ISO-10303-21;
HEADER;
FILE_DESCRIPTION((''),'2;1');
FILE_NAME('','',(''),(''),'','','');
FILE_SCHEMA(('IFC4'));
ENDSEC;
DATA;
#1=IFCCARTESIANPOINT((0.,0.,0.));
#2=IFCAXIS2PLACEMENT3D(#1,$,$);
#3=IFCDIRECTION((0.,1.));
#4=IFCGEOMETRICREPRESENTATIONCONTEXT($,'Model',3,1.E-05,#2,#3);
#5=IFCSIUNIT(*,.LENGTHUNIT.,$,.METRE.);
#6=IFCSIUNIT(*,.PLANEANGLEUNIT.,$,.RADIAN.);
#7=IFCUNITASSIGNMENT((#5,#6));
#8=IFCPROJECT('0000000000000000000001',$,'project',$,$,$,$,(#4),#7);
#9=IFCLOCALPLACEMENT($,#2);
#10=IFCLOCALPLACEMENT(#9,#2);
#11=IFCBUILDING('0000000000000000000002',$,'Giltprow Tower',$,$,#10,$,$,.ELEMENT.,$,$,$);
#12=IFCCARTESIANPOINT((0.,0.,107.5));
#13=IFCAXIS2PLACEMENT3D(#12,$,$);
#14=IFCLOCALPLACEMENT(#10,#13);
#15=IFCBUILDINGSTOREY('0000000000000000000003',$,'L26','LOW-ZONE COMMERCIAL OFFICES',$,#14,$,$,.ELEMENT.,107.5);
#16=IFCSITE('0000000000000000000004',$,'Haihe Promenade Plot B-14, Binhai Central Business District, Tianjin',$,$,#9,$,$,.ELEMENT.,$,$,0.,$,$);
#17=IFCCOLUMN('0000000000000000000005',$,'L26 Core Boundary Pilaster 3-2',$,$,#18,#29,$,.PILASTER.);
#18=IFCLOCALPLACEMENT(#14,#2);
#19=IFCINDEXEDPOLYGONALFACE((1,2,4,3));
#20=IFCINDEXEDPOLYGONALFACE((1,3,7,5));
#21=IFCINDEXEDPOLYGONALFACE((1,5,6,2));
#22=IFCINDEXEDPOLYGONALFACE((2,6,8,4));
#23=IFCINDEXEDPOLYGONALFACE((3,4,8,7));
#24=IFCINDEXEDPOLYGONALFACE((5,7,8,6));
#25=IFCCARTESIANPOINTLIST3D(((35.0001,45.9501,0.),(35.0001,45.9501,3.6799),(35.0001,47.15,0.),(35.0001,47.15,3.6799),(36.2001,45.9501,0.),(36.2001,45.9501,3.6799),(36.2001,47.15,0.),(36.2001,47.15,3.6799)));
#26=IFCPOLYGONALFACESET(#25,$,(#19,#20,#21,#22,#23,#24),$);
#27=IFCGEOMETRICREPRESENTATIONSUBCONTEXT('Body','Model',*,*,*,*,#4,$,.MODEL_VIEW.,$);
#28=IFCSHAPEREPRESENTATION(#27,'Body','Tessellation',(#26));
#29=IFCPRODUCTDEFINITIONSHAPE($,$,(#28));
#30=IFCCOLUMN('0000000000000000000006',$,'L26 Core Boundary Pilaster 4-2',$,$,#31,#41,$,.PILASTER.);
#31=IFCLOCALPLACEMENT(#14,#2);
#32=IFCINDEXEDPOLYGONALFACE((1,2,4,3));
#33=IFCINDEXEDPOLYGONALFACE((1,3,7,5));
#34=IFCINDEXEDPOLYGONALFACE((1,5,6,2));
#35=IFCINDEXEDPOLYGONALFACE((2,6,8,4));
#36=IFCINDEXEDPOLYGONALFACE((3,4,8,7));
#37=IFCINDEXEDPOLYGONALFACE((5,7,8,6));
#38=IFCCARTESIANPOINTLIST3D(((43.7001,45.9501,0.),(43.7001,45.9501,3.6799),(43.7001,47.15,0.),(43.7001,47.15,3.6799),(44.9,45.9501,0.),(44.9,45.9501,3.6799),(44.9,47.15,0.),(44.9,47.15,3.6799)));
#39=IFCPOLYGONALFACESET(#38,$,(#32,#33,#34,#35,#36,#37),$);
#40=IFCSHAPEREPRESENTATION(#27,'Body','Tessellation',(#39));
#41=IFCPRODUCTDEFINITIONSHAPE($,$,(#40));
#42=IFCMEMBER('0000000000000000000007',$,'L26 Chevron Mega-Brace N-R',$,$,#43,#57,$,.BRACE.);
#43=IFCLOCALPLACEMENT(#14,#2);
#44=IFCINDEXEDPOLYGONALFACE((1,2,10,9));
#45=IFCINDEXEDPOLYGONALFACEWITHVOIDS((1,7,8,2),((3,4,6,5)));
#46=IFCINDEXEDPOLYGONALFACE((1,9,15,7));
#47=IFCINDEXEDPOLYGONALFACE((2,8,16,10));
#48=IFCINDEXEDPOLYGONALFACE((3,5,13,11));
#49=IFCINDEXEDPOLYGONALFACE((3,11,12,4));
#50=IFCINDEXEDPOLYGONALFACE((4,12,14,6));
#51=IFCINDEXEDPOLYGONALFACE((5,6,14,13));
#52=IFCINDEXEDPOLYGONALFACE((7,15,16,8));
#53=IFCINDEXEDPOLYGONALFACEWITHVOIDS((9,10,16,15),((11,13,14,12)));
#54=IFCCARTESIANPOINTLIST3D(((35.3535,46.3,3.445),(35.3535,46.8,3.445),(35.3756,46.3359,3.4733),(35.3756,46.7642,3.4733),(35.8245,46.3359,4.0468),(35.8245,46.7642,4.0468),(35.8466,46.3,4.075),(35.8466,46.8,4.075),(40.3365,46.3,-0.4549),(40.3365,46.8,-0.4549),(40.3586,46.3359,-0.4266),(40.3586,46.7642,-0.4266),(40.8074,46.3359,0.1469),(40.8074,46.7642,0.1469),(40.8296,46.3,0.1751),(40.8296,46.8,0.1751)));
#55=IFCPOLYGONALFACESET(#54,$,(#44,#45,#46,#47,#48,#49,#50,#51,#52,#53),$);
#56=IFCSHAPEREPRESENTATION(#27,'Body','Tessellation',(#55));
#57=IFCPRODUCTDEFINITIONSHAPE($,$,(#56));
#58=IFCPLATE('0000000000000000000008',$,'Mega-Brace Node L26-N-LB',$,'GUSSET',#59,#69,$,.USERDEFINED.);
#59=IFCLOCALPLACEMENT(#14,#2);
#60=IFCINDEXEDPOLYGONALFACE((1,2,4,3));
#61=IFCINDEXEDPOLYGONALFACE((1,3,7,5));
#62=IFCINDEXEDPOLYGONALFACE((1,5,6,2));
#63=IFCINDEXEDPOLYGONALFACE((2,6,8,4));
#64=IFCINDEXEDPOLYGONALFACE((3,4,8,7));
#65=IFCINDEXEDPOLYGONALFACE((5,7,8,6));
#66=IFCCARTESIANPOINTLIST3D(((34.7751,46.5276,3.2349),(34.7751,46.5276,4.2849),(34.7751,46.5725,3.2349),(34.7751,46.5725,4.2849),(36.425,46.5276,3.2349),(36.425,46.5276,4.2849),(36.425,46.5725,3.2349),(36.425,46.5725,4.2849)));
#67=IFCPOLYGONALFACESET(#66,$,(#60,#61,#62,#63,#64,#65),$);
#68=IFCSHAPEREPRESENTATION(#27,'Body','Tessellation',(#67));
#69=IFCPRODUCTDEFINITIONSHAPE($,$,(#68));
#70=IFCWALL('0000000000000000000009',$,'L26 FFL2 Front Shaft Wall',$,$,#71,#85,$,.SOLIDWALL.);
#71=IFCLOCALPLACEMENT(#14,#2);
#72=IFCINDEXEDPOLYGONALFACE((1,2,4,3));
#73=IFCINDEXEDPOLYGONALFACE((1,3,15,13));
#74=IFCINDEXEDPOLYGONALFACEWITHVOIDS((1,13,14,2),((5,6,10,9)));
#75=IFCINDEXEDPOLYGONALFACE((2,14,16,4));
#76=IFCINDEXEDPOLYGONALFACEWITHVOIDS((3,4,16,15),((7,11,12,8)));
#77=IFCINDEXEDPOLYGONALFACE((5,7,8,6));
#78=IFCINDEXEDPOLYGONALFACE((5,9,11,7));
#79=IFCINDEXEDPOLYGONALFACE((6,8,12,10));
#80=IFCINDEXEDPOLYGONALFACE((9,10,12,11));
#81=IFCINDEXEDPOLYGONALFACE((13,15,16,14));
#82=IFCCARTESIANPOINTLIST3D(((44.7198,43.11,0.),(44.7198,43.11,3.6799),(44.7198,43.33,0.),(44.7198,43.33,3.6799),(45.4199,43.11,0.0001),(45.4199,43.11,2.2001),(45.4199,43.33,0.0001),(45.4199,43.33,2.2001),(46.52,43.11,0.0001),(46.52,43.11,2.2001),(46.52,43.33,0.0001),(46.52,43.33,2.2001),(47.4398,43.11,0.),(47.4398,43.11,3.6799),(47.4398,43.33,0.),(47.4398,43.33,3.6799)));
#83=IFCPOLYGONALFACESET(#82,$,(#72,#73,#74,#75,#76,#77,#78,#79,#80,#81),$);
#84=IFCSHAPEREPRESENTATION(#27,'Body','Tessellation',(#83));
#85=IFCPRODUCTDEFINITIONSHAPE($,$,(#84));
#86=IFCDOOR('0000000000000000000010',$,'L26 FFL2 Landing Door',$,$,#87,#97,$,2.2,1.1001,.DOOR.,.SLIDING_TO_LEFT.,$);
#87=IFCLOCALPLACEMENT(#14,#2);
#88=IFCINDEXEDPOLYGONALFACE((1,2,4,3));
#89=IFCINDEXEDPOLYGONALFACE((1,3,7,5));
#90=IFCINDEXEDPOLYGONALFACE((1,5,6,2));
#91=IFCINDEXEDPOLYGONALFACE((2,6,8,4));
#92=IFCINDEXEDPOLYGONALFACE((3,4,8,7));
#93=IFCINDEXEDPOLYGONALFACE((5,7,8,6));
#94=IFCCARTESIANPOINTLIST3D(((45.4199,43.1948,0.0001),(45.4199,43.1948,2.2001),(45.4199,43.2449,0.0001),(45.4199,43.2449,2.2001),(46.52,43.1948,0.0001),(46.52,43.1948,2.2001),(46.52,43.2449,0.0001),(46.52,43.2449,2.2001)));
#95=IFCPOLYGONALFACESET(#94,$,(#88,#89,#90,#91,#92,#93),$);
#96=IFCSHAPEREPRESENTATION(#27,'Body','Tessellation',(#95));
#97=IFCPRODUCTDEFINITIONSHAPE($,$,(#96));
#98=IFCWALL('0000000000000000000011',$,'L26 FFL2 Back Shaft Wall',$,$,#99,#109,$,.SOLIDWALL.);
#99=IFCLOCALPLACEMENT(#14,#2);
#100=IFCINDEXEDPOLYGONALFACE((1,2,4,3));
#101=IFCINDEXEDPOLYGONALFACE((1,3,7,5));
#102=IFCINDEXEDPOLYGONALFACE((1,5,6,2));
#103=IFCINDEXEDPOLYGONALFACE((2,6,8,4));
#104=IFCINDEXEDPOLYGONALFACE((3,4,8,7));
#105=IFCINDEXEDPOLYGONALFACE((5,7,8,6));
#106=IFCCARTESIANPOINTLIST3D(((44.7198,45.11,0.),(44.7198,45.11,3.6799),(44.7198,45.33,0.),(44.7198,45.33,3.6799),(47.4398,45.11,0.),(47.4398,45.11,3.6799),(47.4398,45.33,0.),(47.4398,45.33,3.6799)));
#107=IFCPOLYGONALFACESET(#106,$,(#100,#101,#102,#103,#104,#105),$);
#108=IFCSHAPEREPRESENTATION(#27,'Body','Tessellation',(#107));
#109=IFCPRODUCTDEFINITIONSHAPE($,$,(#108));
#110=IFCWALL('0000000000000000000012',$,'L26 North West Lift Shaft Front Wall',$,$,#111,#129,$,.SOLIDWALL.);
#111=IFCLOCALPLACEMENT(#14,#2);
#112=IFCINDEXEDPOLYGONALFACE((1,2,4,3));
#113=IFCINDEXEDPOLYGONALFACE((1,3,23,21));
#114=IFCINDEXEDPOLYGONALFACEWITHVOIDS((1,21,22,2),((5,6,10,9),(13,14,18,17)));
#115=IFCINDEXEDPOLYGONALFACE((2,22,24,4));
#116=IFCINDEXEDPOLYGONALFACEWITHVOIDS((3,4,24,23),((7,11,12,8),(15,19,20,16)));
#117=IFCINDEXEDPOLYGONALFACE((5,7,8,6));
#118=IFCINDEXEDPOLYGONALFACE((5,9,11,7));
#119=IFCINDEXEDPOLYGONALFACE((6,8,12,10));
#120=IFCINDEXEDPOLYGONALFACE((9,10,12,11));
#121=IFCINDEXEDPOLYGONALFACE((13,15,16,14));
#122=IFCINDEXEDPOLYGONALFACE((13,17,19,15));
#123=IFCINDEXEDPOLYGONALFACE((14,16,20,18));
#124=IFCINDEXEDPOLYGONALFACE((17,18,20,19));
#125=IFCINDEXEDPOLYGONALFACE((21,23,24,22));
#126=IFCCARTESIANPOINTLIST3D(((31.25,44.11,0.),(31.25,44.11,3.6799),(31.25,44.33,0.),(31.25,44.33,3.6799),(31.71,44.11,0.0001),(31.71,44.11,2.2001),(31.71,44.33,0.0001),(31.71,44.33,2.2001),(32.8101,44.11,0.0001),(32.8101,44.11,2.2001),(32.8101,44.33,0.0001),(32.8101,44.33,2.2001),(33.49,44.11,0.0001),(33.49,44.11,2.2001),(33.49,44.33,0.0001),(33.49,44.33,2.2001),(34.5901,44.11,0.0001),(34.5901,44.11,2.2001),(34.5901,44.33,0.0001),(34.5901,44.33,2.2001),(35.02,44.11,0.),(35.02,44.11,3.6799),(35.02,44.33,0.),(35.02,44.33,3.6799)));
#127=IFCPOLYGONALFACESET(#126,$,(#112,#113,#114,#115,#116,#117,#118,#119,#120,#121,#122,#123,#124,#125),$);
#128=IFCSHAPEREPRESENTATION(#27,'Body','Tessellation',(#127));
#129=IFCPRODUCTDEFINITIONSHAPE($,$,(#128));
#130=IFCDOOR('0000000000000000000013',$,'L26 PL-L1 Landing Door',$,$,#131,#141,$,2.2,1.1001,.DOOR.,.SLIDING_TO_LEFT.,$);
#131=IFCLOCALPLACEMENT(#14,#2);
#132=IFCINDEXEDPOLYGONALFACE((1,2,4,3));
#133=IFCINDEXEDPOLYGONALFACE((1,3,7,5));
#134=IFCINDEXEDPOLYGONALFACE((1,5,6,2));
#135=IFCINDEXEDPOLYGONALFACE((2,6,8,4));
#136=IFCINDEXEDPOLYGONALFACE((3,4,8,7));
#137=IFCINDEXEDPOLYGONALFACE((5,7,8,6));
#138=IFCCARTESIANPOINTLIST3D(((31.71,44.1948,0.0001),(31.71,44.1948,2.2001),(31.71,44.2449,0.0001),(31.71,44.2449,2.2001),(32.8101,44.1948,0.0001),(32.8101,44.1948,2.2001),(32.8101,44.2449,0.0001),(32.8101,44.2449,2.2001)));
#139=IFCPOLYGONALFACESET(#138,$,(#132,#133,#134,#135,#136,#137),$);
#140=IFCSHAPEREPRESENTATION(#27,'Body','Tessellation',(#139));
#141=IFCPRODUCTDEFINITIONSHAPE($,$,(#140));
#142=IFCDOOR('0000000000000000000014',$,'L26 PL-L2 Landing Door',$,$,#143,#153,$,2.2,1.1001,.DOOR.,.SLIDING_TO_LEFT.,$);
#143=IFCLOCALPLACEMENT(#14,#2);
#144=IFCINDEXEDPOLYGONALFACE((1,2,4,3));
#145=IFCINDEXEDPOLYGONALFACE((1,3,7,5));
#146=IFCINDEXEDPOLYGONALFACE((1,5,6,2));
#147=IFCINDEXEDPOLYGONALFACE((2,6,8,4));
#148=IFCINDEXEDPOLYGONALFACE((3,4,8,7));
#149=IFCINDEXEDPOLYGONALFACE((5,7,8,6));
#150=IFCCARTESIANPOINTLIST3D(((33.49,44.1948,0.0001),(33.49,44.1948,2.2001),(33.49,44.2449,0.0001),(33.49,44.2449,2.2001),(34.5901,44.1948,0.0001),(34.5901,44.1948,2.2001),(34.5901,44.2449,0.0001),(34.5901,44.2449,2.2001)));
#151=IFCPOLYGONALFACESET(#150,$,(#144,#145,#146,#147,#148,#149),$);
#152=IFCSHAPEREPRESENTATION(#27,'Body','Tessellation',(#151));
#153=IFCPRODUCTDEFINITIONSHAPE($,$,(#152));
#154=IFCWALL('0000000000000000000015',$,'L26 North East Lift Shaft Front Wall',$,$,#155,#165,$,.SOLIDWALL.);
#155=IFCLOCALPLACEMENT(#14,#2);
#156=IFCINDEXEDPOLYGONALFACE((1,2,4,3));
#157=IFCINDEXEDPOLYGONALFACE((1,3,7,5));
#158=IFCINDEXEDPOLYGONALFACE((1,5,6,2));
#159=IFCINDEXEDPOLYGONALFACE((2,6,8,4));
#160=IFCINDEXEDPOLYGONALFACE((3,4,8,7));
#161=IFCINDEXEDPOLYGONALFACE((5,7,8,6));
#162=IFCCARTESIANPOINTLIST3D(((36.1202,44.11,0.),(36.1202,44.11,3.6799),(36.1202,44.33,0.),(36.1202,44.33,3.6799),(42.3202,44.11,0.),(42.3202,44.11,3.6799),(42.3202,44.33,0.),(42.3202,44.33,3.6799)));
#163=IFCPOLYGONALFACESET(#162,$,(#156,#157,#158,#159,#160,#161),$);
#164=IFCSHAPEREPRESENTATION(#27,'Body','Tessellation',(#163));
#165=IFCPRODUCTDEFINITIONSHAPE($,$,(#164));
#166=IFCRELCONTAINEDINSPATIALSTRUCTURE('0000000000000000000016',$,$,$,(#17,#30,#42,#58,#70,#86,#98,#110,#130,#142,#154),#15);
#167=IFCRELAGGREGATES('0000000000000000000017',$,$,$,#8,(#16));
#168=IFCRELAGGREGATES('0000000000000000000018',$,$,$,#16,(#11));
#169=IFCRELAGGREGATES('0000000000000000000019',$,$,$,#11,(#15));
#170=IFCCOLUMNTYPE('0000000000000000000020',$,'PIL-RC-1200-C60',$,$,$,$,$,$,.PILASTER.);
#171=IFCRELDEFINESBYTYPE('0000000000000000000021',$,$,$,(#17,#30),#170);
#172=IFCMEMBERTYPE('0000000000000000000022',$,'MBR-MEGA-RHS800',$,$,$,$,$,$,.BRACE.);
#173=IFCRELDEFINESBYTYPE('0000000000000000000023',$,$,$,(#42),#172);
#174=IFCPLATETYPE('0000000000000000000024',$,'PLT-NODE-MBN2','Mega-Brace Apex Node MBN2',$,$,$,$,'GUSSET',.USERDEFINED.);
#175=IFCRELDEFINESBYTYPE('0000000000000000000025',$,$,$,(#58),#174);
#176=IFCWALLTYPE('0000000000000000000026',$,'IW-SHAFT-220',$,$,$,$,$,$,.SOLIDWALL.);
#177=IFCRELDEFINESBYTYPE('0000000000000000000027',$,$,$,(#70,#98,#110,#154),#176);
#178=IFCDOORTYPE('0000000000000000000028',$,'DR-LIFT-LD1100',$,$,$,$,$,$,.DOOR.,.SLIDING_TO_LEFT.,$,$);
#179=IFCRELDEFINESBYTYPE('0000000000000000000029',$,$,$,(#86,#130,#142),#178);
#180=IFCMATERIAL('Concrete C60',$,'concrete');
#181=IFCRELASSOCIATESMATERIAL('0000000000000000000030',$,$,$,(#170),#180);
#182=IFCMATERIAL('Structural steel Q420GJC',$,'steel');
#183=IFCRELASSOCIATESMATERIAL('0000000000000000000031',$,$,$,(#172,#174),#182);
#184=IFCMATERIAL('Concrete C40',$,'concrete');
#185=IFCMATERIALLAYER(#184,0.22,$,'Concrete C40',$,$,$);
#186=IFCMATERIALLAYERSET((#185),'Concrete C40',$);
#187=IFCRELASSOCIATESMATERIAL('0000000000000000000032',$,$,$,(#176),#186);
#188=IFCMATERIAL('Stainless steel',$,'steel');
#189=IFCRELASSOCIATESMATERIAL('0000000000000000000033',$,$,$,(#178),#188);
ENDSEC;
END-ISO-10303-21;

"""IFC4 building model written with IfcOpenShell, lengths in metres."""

from ifc_helpers import new_model, si_unit, direction, frame, frame_2d, origin, origin_2d, place, context, subcontext, project, spatial, rectangle, hollow_rectangle, extrude, source, transform, mapped, material, layer, layer_set, material_profile, profile_set, type_object, element, fill, save


model = new_model("IFC4")

# Units and contexts
model_context = context("Model", 3, precision=1e-05, world=origin(), true_north=direction((0.0, 1.0)))
body_context = subcontext(model_context, "Body", "Model", "MODEL_VIEW")
ifc_project = project(units=[si_unit("LENGTHUNIT", "METRE"), si_unit("PLANEANGLEUNIT", "RADIAN")], contexts=[model_context])

# Site, building, storey
site_placement = place(None, origin())
site = spatial("IfcSite", under=ifc_project, at=site_placement, Name="Haihe Promenade Plot B-14, Binhai Central Business District, Tianjin", CompositionType="ELEMENT", RefElevation=0.0)
building_placement = place(site_placement, origin())
building = spatial("IfcBuilding", under=site, at=building_placement, Name="Giltprow Tower", CompositionType="ELEMENT")
storey_placement = place(building_placement, frame((0.0, 0.0, 107.5)))
storey = spatial("IfcBuildingStorey", under=building, at=storey_placement, Name="L26", Description="LOW-ZONE COMMERCIAL OFFICES", CompositionType="ELEMENT", Elevation=107.5)

# Columns
ifc_material_1 = material(Name="Concrete C60", Category="concrete")
ifc_material_profile_1 = material_profile(ifc_material_1, rectangle(XDim=1.2, YDim=1.2, at=origin_2d()), Name="RC 1200x1200")
ifc_profile_set_1 = profile_set([ifc_material_profile_1], Name="Concrete C60")
column_type = type_object("IfcColumnType", Name="PIL-RC-1200-C60", PredefinedType="PILASTER", material=ifc_profile_set_1)
shared_shape_1 = source(origin(), body_context, "Body", "SweptSolid", [
    extrude(rectangle(XDim=1.2, YDim=1.2, at=origin_2d()), origin(), (0.0, 0.0, 1.0), 3.6799),
])
for number, where, z_axis, x_axis, name in (
    (1, (35.6001, 46.55, 0.0), (0.0, 0.0, 1.0), (1.0, 0.0, 0.0), "L26 Core Boundary Pilaster 3-2"),
    (2, (44.3, 46.55, 0.0), (0.0, 0.0, 1.0), (1.0, 0.0, 0.0), "L26 Core Boundary Pilaster 4-2"),
):
    element("IfcColumn", number, at=place(storey_placement, frame(where, z_axis=z_axis, x_axis=x_axis)), inside=storey, type_object=column_type, Name=name, PredefinedType="PILASTER", context=body_context, shape_type="MappedRepresentation", body=[
        mapped(shared_shape_1, transform((0.0, 0.0, 0.0), x_axis=(1.0, 0.0, 0.0), y_axis=(0.0, 1.0, 0.0), z_axis=(0.0, 0.0, 1.0), scale=1.0)),
    ])

# Member
ifc_material_2 = material(Name="Structural steel Q420GJC", Category="steel")
ifc_material_profile_2 = material_profile(ifc_material_2, hollow_rectangle(XDim=0.5, YDim=0.8, WallThickness=0.0359, at=origin_2d()), Name="RHS 800x500x36")
ifc_profile_set_2 = profile_set([ifc_material_profile_2], Name="Structural steel Q420GJC")
member_type = type_object("IfcMemberType", Name="MBR-MEGA-RHS800", PredefinedType="BRACE", material=ifc_profile_set_2)
shared_shape_2 = source(origin(), body_context, "Body", "SweptSolid", [
    extrude(hollow_rectangle(XDim=0.5, YDim=0.8, WallThickness=0.0359, at=origin_2d()), origin(), (0.0, 0.0, 1.0), 6.3276),
])
member_placement = place(storey_placement, frame((40.583, 46.55, -0.1399), z_axis=(-0.787487, 0.0, 0.616331), x_axis=(0.0, -1.0, 0.0)))
element("IfcMember", 3, at=member_placement, inside=storey, type_object=member_type, Name="L26 Chevron Mega-Brace N-R", PredefinedType="BRACE", context=body_context, shape_type="MappedRepresentation", body=[
    mapped(shared_shape_2, transform((0.0, 0.0, 0.0), x_axis=(1.0, 0.0, 0.0), y_axis=(0.0, 1.0, 0.0), z_axis=(0.0, 0.0, 1.0), scale=1.0)),
])

# Plate
plate_type = type_object("IfcPlateType", Name="PLT-NODE-MBN2", Description="Mega-Brace Apex Node MBN2", ElementType="GUSSET", PredefinedType="USERDEFINED", material=ifc_material_2)
shared_shape_3 = source(origin(), body_context, "Body", "SweptSolid", [
    extrude(rectangle(XDim=1.6499, YDim=0.0449, at=origin_2d()), origin(), (0.0, 0.0, 1.0), 1.05),
])
plate_placement = place(storey_placement, frame((35.6001, 46.55, 3.2349), z_axis=(0.0, 0.0, 1.0), x_axis=(1.0, 0.0, 0.0)))
element("IfcPlate", 4, at=plate_placement, inside=storey, type_object=plate_type, Name="Mega-Brace Node L26-N-LB", ObjectType="GUSSET", PredefinedType="USERDEFINED", context=body_context, shape_type="MappedRepresentation", body=[
    mapped(shared_shape_3, transform((0.0, 0.0, 0.0), x_axis=(1.0, 0.0, 0.0), y_axis=(0.0, 1.0, 0.0), z_axis=(0.0, 0.0, 1.0), scale=1.0)),
])

# Wall, opening, door
ifc_material_3 = material(Name="Concrete C40", Category="concrete")
ifc_layer_1 = layer(ifc_material_3, 0.22, Name="Concrete C40")
ifc_layer_set_1 = layer_set([ifc_layer_1], Name="Concrete C40")
wall_type_1 = type_object("IfcWallType", Name="IW-SHAFT-220", PredefinedType="SOLIDWALL", material=ifc_layer_set_1)
wall_1_placement = place(storey_placement, frame((44.72, 43.22, 0.0), z_axis=(0.0, 0.0, 1.0), x_axis=(1.0, 0.0, 0.0)))
wall_1 = element("IfcWall", 5, at=wall_1_placement, inside=storey, type_object=wall_type_1, Name="L26 FFL2 Front Shaft Wall", PredefinedType="SOLIDWALL", context=body_context, shape_type="SweptSolid", body=[
    extrude(rectangle(XDim=2.72, YDim=0.22, at=frame_2d((1.3599, 0.0))), origin(), (0.0, 0.0, 1.0), 3.6799),
])
opening_1_placement = place(wall_1_placement, frame((0.7, 0.0, 0.0)))
opening_1 = element("IfcOpeningElement", 6, at=opening_1_placement, cuts=wall_1, PredefinedType="OPENING", context=body_context, shape_type="SweptSolid", body=[
    extrude(rectangle(XDim=1.1001, YDim=2.2, at=frame_2d((0.55, 1.1001))), frame((0.0, 0.1199, 0.0), z_axis=(0.0, -1.0, 0.0), x_axis=(1.0, 0.0, 0.0)), (0.0, 0.0, 1.0), 0.24),
])
ifc_material_4 = material(Name="Stainless steel", Category="steel")
door_type = type_object("IfcDoorType", Name="DR-LIFT-LD1100", OperationType="SLIDING_TO_LEFT", PredefinedType="DOOR", material=ifc_material_4)
shared_shape_4 = source(origin(), body_context, "Body", "SweptSolid", [
    extrude(rectangle(XDim=1.1001, YDim=2.2, at=frame_2d((0.55, 1.1001))), frame((0.0, 0.0249, 0.0), z_axis=(0.0, -1.0, 0.0), x_axis=(1.0, 0.0, 0.0)), (0.0, 0.0, 1.0), 0.05),
])
door_1_placement = place(opening_1_placement, origin())
door_1 = element("IfcDoor", 7, at=door_1_placement, inside=storey, type_object=door_type, Name="L26 FFL2 Landing Door", OperationType="SLIDING_TO_LEFT", OverallHeight=2.2, OverallWidth=1.1001, PredefinedType="DOOR", context=body_context, shape_type="MappedRepresentation", body=[
    mapped(shared_shape_4, transform((0.0, 0.0, 0.0), x_axis=(1.0, 0.0, 0.0), y_axis=(0.0, 1.0, 0.0), z_axis=(0.0, 0.0, 1.0), scale=1.0)),
])
fill(opening_1, door_1)

# Wall
wall_2_placement = place(storey_placement, frame((44.72, 45.22, 0.0), z_axis=(0.0, 0.0, 1.0), x_axis=(1.0, 0.0, 0.0)))
element("IfcWall", 8, at=wall_2_placement, inside=storey, type_object=wall_type_1, Name="L26 FFL2 Back Shaft Wall", PredefinedType="SOLIDWALL", context=body_context, shape_type="SweptSolid", body=[
    extrude(rectangle(XDim=2.72, YDim=0.22, at=frame_2d((1.3599, 0.0))), origin(), (0.0, 0.0, 1.0), 3.6799),
])

# Wall, openings, doors
wall_3_placement = place(storey_placement, frame((31.25, 44.22, 0.0), z_axis=(0.0, 0.0, 1.0), x_axis=(1.0, 0.0, 0.0)))
wall_3 = element("IfcWall", 9, at=wall_3_placement, inside=storey, type_object=wall_type_1, Name="L26 North West Lift Shaft Front Wall", PredefinedType="SOLIDWALL", context=body_context, shape_type="SweptSolid", body=[
    extrude(rectangle(XDim=3.77, YDim=0.22, at=frame_2d((1.885, 0.0))), origin(), (0.0, 0.0, 1.0), 3.6799),
])
opening_2_placement = place(wall_3_placement, frame((0.46, 0.0, 0.0)))
opening_2 = element("IfcOpeningElement", 10, at=opening_2_placement, cuts=wall_3, PredefinedType="OPENING", context=body_context, shape_type="SweptSolid", body=[
    extrude(rectangle(XDim=1.1001, YDim=2.2, at=frame_2d((0.55, 1.1001))), frame((0.0, 0.1199, 0.0), z_axis=(0.0, -1.0, 0.0), x_axis=(1.0, 0.0, 0.0)), (0.0, 0.0, 1.0), 0.24),
])
opening_3_placement = place(wall_3_placement, frame((2.24, 0.0, 0.0)))
opening_3 = element("IfcOpeningElement", 11, at=opening_3_placement, cuts=wall_3, PredefinedType="OPENING", context=body_context, shape_type="SweptSolid", body=[
    extrude(rectangle(XDim=1.1001, YDim=2.2, at=frame_2d((0.55, 1.1001))), frame((0.0, 0.1199, 0.0), z_axis=(0.0, -1.0, 0.0), x_axis=(1.0, 0.0, 0.0)), (0.0, 0.0, 1.0), 0.24),
])
door_2_placement = place(opening_2_placement, origin())
door_2 = element("IfcDoor", 12, at=door_2_placement, inside=storey, type_object=door_type, Name="L26 PL-L1 Landing Door", OperationType="SLIDING_TO_LEFT", OverallHeight=2.2, OverallWidth=1.1001, PredefinedType="DOOR", context=body_context, shape_type="MappedRepresentation", body=[
    mapped(shared_shape_4, transform((0.0, 0.0, 0.0), x_axis=(1.0, 0.0, 0.0), y_axis=(0.0, 1.0, 0.0), z_axis=(0.0, 0.0, 1.0), scale=1.0)),
])
fill(opening_2, door_2)
door_3_placement = place(opening_3_placement, origin())
door_3 = element("IfcDoor", 13, at=door_3_placement, inside=storey, type_object=door_type, Name="L26 PL-L2 Landing Door", OperationType="SLIDING_TO_LEFT", OverallHeight=2.2, OverallWidth=1.1001, PredefinedType="DOOR", context=body_context, shape_type="MappedRepresentation", body=[
    mapped(shared_shape_4, transform((0.0, 0.0, 0.0), x_axis=(1.0, 0.0, 0.0), y_axis=(0.0, 1.0, 0.0), z_axis=(0.0, 0.0, 1.0), scale=1.0)),
])
fill(opening_3, door_3)

# Wall
wall_4_placement = place(storey_placement, frame((36.1201, 44.22, 0.0), z_axis=(0.0, 0.0, 1.0), x_axis=(1.0, 0.0, 0.0)))
element("IfcWall", 14, at=wall_4_placement, inside=storey, type_object=wall_type_1, Name="L26 North East Lift Shaft Front Wall", PredefinedType="SOLIDWALL", context=body_context, shape_type="SweptSolid", body=[
    extrude(rectangle(XDim=6.2, YDim=0.22, at=frame_2d((3.1001, 0.0))), origin(), (0.0, 0.0, 1.0), 3.6799),
])

save(model, "model.ifc")
